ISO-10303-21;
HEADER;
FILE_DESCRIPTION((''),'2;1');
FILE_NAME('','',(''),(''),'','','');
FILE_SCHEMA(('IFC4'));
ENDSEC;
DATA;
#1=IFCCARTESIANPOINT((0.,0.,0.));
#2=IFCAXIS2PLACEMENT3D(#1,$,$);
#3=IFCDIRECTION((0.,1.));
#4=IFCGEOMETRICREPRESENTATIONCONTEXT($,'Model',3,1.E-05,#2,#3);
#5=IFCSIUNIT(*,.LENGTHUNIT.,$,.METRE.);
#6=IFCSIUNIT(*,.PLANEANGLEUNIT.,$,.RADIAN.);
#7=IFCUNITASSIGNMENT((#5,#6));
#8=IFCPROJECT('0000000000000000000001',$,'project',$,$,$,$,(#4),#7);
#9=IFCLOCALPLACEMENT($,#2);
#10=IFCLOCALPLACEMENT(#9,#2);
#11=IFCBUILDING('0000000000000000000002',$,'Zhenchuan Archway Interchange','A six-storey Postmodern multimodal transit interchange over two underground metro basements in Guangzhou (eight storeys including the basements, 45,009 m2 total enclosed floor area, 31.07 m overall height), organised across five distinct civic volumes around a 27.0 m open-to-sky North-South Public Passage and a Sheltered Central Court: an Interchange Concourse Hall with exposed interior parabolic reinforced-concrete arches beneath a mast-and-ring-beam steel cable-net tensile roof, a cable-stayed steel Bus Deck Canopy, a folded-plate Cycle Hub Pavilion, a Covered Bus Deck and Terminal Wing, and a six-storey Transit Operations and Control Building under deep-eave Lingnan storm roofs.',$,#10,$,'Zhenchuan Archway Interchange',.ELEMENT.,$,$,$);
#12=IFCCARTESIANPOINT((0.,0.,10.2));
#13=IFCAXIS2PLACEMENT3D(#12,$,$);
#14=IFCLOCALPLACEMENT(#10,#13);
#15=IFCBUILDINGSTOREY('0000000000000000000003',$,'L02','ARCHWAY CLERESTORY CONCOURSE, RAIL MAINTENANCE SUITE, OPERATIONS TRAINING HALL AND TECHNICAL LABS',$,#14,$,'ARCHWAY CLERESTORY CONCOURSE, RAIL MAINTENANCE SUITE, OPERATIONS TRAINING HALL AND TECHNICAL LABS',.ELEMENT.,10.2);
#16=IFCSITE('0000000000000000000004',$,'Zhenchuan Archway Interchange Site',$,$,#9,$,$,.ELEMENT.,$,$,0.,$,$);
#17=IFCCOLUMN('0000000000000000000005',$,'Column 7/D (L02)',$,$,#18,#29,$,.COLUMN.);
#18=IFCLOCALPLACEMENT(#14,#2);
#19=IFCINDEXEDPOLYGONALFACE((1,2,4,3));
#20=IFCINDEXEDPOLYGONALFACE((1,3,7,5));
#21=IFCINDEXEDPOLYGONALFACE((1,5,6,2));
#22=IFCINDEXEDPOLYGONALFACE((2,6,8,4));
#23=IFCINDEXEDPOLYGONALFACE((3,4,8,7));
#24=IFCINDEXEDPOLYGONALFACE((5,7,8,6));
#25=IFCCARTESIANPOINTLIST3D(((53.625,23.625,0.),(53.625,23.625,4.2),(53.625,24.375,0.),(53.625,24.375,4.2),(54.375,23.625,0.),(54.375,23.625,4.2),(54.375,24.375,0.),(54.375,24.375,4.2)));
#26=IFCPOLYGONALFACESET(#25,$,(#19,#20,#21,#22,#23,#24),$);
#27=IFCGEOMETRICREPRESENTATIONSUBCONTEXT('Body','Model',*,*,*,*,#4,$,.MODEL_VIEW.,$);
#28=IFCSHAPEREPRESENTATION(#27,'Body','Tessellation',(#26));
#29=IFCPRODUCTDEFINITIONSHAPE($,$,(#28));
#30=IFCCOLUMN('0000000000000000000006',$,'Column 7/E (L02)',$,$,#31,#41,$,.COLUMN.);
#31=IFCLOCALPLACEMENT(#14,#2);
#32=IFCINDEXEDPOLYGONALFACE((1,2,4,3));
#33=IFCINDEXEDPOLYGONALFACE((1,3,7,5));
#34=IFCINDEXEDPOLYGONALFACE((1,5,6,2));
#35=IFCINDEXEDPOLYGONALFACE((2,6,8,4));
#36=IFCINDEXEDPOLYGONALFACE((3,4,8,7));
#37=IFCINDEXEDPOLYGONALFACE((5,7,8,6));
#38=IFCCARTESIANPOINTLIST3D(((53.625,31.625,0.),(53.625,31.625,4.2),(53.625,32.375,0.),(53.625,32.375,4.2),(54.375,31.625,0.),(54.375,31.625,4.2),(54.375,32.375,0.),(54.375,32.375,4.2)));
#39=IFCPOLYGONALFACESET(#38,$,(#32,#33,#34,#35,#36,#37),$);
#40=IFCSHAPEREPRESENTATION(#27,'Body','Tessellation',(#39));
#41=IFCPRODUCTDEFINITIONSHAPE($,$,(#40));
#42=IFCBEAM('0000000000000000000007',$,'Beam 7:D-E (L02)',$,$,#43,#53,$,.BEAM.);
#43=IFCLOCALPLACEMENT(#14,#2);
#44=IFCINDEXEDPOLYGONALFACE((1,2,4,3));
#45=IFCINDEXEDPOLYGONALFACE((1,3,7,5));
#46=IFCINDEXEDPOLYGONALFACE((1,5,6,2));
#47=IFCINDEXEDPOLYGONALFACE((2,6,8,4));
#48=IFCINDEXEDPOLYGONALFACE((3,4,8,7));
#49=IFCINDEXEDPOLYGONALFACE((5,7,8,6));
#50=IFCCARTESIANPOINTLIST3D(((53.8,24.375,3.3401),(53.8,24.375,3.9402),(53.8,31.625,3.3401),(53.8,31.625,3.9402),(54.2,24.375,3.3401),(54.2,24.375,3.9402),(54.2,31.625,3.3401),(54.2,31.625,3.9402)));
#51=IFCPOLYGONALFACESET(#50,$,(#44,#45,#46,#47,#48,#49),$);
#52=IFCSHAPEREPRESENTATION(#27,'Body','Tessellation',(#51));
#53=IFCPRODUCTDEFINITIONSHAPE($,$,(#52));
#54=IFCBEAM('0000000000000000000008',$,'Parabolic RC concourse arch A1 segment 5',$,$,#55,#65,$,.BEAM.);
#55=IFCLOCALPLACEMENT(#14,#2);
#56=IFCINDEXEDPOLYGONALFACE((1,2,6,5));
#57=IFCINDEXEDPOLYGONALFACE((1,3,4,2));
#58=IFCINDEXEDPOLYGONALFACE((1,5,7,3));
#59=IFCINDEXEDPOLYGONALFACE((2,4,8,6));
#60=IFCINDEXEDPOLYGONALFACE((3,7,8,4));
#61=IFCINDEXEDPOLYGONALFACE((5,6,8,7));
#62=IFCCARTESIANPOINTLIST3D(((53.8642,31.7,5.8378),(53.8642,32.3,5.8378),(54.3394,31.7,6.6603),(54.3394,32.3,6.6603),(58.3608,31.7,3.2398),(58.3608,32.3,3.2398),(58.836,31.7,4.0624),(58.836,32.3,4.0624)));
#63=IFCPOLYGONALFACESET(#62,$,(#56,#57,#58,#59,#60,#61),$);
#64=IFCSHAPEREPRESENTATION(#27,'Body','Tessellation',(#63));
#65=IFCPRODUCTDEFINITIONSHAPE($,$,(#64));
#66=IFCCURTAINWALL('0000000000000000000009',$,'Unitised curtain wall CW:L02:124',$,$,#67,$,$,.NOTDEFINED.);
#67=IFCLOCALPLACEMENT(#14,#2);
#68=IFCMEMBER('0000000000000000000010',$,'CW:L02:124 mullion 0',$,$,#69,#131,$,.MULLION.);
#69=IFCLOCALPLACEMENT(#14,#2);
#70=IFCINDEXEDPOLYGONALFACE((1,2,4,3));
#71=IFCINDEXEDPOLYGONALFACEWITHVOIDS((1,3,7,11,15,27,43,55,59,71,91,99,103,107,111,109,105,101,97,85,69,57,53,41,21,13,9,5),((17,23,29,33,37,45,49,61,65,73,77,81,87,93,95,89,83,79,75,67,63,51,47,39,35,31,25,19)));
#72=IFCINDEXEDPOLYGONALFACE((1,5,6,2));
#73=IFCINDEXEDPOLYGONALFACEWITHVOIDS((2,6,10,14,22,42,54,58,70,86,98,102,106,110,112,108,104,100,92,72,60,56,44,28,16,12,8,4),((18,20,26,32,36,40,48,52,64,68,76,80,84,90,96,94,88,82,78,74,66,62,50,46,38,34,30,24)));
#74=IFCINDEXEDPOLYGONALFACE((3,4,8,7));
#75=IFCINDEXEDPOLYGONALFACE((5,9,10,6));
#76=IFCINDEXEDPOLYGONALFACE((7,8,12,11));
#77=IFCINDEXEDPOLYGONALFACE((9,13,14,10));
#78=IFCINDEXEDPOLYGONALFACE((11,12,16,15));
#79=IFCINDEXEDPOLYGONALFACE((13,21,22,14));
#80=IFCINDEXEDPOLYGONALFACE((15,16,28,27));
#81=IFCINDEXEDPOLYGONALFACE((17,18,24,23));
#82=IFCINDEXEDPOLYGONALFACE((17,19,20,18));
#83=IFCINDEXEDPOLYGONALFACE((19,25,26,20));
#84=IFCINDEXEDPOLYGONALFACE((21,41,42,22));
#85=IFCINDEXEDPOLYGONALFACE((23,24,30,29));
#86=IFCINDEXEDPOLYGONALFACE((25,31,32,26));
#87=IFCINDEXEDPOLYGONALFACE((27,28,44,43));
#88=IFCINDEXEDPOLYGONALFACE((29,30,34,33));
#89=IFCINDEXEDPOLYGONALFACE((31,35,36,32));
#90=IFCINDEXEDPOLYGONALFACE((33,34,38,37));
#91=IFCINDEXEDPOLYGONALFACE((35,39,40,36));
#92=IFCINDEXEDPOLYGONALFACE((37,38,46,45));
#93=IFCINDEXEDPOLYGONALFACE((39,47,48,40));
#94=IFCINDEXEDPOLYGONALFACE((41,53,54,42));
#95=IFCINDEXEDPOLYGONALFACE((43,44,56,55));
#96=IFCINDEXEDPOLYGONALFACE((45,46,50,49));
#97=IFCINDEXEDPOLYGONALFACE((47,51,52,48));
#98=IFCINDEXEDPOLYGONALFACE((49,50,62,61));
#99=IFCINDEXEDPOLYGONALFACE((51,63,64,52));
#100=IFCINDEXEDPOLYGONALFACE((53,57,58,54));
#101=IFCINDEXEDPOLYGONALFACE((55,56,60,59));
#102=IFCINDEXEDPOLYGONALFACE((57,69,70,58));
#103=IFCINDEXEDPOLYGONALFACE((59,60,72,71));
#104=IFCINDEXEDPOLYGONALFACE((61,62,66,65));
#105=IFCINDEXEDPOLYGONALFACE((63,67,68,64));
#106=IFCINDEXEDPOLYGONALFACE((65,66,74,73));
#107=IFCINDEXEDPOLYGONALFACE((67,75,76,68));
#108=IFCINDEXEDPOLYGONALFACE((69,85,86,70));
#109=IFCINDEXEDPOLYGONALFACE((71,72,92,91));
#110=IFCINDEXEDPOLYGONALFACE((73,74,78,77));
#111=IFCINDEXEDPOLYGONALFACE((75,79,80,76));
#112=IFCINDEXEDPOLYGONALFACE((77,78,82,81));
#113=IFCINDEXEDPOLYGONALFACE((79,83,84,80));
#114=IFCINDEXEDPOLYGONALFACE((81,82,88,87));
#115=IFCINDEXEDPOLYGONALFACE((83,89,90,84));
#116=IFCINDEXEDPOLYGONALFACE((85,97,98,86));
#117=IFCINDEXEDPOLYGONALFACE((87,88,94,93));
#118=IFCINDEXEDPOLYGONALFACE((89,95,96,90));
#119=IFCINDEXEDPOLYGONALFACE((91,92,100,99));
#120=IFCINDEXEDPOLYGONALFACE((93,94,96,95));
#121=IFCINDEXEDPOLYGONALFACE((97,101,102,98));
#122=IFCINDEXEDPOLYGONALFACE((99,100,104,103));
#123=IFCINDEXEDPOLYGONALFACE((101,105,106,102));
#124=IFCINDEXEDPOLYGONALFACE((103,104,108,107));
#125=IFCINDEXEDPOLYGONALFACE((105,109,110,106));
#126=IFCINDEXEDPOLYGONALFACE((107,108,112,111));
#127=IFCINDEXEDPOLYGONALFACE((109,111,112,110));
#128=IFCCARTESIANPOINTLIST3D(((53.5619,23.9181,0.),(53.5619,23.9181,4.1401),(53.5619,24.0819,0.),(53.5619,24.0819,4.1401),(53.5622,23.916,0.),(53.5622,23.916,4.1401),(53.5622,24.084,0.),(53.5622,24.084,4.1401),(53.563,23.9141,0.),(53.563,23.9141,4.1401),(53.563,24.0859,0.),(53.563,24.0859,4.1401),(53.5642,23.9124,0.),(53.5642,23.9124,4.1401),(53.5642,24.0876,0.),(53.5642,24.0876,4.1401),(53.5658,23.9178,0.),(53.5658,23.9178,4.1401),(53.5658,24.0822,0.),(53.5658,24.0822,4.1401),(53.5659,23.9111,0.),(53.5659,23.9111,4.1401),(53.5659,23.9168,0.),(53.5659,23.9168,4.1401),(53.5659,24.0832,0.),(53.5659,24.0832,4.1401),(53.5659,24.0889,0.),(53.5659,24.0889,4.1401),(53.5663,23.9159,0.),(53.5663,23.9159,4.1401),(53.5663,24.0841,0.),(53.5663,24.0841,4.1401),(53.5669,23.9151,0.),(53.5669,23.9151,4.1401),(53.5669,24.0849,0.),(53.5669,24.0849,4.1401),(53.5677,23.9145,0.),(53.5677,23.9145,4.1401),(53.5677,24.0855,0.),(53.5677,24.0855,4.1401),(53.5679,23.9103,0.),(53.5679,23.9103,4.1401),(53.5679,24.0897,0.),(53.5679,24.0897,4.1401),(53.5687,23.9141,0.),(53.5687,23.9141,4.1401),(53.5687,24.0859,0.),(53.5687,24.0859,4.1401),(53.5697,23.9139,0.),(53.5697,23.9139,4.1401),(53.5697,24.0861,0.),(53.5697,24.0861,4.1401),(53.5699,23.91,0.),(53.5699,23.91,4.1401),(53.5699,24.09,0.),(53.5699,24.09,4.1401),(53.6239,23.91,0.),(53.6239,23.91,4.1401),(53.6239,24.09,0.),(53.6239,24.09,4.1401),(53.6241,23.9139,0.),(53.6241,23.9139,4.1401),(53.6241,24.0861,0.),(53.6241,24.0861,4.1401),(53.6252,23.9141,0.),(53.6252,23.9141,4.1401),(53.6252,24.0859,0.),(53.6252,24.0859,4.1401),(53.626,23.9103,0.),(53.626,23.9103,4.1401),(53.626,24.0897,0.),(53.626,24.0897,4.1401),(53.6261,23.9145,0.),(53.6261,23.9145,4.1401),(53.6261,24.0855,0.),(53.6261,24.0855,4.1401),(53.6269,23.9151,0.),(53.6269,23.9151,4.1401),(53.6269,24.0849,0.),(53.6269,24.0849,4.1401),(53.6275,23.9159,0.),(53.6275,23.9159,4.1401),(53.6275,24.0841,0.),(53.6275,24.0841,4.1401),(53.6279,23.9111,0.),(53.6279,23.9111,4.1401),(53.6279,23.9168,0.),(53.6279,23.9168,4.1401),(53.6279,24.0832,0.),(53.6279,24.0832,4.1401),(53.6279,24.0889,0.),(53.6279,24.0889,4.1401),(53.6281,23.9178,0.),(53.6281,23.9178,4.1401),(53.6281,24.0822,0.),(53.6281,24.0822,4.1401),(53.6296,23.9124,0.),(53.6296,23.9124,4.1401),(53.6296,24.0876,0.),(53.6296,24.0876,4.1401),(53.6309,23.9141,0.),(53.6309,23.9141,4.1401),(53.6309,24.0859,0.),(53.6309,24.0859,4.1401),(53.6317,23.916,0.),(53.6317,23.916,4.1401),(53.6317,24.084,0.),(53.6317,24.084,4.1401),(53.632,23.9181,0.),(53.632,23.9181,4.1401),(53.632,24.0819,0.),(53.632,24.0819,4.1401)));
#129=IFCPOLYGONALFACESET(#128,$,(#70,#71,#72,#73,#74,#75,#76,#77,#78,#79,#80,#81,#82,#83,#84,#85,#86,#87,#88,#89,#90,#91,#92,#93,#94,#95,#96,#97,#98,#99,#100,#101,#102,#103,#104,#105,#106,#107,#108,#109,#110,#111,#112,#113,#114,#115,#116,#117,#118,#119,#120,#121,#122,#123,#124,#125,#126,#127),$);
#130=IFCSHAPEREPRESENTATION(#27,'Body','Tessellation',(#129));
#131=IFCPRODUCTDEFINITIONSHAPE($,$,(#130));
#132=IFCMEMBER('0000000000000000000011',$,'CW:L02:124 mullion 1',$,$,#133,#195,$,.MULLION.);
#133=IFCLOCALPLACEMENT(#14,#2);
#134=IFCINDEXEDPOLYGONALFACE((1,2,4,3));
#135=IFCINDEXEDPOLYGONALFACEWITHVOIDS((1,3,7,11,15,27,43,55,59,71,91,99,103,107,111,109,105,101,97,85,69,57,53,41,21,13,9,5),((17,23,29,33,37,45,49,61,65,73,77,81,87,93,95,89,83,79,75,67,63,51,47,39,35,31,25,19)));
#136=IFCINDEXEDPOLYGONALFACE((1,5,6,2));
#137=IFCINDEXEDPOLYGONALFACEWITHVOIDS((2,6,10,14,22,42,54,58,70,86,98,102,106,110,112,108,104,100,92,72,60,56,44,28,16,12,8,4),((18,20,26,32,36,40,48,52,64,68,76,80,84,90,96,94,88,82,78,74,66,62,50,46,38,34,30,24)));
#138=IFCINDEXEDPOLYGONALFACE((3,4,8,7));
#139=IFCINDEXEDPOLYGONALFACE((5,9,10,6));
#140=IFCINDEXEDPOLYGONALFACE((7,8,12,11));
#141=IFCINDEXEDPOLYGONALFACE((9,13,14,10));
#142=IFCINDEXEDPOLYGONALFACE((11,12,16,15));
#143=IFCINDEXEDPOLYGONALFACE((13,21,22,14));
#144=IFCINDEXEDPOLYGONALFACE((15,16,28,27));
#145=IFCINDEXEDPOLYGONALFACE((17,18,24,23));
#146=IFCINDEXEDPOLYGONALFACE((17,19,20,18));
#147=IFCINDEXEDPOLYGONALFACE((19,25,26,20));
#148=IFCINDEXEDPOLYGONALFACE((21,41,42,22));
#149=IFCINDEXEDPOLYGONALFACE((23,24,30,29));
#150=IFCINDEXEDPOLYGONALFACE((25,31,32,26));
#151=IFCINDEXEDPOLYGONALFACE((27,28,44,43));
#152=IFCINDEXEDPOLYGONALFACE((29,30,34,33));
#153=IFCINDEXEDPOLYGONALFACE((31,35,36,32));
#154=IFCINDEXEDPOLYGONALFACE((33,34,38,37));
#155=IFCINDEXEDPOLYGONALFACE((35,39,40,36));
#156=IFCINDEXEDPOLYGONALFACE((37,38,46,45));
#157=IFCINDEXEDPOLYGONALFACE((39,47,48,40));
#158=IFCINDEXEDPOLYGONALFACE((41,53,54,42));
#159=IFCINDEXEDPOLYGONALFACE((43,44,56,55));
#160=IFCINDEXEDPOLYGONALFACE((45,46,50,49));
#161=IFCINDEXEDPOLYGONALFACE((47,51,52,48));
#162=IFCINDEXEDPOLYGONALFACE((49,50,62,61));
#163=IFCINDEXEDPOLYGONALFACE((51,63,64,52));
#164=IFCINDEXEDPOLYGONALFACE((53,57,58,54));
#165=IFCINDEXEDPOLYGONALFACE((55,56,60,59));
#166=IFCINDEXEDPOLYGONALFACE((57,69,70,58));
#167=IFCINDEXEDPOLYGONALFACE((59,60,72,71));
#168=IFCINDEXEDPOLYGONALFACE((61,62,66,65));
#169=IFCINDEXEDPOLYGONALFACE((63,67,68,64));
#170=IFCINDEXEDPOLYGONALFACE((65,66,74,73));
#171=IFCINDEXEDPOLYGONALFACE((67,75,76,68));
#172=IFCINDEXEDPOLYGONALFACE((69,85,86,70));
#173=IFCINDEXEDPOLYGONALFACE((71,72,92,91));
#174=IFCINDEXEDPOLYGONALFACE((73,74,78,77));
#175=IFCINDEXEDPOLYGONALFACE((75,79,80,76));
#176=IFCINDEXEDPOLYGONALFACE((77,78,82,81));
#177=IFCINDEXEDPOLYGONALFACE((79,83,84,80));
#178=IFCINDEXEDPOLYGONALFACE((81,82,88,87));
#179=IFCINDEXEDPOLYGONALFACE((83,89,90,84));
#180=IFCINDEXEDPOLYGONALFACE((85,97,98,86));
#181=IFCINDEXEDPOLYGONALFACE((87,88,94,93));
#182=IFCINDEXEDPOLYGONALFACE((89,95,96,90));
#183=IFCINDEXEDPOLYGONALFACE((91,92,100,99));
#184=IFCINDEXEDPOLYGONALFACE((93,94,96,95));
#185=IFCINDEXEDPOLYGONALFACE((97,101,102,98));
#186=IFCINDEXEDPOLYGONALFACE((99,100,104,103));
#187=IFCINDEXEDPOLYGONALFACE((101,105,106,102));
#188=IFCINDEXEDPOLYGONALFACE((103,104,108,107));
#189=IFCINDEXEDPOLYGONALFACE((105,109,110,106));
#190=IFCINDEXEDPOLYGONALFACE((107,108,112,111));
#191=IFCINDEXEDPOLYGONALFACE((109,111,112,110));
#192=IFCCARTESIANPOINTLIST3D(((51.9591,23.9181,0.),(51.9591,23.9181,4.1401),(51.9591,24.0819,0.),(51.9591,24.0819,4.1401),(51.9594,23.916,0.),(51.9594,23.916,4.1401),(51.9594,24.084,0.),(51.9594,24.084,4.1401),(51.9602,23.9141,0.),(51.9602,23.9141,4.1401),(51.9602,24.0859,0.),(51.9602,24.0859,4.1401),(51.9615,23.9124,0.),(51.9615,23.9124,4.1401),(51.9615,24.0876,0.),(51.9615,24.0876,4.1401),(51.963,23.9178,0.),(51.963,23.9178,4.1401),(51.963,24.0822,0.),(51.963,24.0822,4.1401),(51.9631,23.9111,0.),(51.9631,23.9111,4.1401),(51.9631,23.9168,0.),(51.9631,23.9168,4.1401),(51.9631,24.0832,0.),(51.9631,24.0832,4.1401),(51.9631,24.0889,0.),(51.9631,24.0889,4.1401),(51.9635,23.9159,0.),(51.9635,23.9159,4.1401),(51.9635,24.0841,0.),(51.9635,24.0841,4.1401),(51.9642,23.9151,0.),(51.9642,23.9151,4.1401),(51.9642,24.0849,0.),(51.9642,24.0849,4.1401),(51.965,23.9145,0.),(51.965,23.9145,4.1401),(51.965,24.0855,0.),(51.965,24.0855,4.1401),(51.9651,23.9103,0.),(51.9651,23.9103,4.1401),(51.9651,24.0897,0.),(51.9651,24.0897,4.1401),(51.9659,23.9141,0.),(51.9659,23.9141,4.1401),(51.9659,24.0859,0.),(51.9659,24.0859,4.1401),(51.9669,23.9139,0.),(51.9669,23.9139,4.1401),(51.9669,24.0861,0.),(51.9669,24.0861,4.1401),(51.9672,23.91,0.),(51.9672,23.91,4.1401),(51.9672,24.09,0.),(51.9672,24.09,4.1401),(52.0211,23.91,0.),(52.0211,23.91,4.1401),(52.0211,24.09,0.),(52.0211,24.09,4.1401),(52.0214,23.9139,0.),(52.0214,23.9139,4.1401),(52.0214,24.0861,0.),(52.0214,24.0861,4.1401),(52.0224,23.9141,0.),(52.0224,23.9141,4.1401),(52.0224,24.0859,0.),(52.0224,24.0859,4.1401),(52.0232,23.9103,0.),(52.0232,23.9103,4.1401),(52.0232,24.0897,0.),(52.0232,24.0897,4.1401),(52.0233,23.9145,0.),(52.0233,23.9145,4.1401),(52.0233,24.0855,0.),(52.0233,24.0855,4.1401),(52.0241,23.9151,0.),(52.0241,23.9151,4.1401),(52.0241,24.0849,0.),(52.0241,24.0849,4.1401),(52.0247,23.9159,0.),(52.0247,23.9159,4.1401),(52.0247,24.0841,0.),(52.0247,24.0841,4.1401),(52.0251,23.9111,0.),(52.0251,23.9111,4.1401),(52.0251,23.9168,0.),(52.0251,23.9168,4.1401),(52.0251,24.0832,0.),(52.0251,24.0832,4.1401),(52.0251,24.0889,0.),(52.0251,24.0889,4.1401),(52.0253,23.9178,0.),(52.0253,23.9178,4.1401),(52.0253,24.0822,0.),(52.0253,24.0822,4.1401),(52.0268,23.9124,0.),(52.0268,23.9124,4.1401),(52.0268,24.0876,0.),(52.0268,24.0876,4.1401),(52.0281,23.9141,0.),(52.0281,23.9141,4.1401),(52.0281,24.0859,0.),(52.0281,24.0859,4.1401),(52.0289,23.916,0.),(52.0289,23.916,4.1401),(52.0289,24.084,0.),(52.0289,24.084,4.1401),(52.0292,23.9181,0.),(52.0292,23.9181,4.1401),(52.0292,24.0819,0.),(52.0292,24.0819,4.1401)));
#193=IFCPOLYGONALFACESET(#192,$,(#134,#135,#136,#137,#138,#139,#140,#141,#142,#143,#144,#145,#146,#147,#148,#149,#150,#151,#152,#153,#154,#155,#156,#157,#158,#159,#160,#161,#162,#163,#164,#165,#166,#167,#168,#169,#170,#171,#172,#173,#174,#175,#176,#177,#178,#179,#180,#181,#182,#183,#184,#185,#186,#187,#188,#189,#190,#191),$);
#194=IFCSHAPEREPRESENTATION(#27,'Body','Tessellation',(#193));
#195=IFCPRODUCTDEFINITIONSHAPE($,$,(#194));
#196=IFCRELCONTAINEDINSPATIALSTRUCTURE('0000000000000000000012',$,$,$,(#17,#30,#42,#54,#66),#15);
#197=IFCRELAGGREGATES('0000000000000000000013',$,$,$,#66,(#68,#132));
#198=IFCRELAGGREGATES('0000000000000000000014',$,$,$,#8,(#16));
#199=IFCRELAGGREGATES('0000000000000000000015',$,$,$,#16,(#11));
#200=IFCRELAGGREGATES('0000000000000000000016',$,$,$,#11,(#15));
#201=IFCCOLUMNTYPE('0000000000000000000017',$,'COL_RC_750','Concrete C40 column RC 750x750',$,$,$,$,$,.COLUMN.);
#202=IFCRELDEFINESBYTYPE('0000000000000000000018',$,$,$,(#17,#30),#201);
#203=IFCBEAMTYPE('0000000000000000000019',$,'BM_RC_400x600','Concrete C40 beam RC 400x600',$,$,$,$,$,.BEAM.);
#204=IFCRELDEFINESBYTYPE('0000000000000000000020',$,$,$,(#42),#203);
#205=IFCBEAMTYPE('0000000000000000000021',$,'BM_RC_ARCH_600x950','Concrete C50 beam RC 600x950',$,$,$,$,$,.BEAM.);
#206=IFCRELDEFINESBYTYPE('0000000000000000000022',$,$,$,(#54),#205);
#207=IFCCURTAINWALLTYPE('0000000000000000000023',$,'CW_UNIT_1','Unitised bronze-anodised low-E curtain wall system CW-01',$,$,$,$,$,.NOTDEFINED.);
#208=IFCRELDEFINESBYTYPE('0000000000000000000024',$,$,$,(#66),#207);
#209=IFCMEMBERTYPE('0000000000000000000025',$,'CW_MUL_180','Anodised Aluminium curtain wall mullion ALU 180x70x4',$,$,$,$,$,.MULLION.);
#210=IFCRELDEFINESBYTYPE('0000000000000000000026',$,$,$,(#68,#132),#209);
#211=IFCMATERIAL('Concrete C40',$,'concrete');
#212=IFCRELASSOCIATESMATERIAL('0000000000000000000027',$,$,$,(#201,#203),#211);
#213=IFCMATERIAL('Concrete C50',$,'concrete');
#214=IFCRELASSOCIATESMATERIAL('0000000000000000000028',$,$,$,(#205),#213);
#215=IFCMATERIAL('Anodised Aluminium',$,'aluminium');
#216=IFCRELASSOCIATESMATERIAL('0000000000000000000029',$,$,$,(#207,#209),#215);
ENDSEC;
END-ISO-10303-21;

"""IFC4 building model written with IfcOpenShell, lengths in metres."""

from ifc_helpers import new_model, si_unit, direction, frame, origin, origin_2d, place, context, subcontext, project, spatial, rectangle, hollow_rectangle, extrude, material, material_profile, profile_set, type_object, element, aggregate, save


model = new_model("IFC4")

# Units and contexts
model_context = context("Model", 3, precision=1e-05, world=origin(), true_north=direction((0.0, 1.0)))
body_context = subcontext(model_context, "Body", "Model", "MODEL_VIEW")
ifc_project = project(units=[si_unit("LENGTHUNIT", "METRE"), si_unit("PLANEANGLEUNIT", "RADIAN")], contexts=[model_context])

# Site, building, storey
site_placement = place(None, origin())
site = spatial("IfcSite", under=ifc_project, at=site_placement, Name="Zhenchuan Archway Interchange Site", CompositionType="ELEMENT", RefElevation=0.0)
building_placement = place(site_placement, origin())
building = spatial("IfcBuilding", under=site, at=building_placement, Name="Zhenchuan Archway Interchange", Description="A six-storey Postmodern multimodal transit interchange over two underground metro basements in Guangzhou (eight storeys including the basements, 45,009 m2 total enclosed floor area, 31.07 m overall height), organised across five distinct civic volumes around a 27.0 m open-to-sky North-South Public Passage and a Sheltered Central Court: an Interchange Concourse Hall with exposed interior parabolic reinforced-concrete arches beneath a mast-and-ring-beam steel cable-net tensile roof, a cable-stayed steel Bus Deck Canopy, a folded-plate Cycle Hub Pavilion, a Covered Bus Deck and Terminal Wing, and a six-storey Transit Operations and Control Building under deep-eave Lingnan storm roofs.", LongName="Zhenchuan Archway Interchange", CompositionType="ELEMENT")
storey_placement = place(building_placement, frame((0.0, 0.0, 10.2)))
storey = spatial("IfcBuildingStorey", under=building, at=storey_placement, Name="L02", Description="ARCHWAY CLERESTORY CONCOURSE, RAIL MAINTENANCE SUITE, OPERATIONS TRAINING HALL AND TECHNICAL LABS", LongName="ARCHWAY CLERESTORY CONCOURSE, RAIL MAINTENANCE SUITE, OPERATIONS TRAINING HALL AND TECHNICAL LABS", CompositionType="ELEMENT", Elevation=10.2)

# Columns
ifc_material_1 = material(Name="Concrete C40", Category="concrete")
ifc_material_profile_1 = material_profile(ifc_material_1, rectangle(XDim=0.75, YDim=0.75, at=origin_2d()), Name="RC 750x750")
ifc_profile_set_1 = profile_set([ifc_material_profile_1], Name="Concrete C40")
column_type = type_object("IfcColumnType", Name="COL_RC_750", Description="Concrete C40 column RC 750x750", PredefinedType="COLUMN", material=ifc_profile_set_1)
for number, where, z_axis, x_axis, name in (
    (1, (54.0, 24.0, 0.0), (0.0, 0.0, 1.0), (1.0, 0.0, 0.0), "Column 7/D (L02)"),
    (2, (54.0, 32.0, 0.0), (0.0, 0.0, 1.0), (1.0, 0.0, 0.0), "Column 7/E (L02)"),
):
    element("IfcColumn", number, at=place(storey_placement, frame(where, z_axis=z_axis, x_axis=x_axis)), inside=storey, type_object=column_type, Name=name, PredefinedType="COLUMN", context=body_context, shape_type="SweptSolid", body=[
        extrude(rectangle(XDim=0.75, YDim=0.75, at=origin_2d()), origin(), (0.0, 0.0, 1.0), 4.2),
    ])

# Beams
ifc_material_profile_2 = material_profile(ifc_material_1, rectangle(XDim=0.3999, YDim=0.6001, at=origin_2d()), Name="RC 400x600")
ifc_profile_set_2 = profile_set([ifc_material_profile_2], Name="Concrete C40")
beam_type_1 = type_object("IfcBeamType", Name="BM_RC_400x600", Description="Concrete C40 beam RC 400x600", PredefinedType="BEAM", material=ifc_profile_set_2)
beam_1_placement = place(storey_placement, frame((54.0, 24.375, 3.6401), z_axis=(0.0, 1.0, 0.0), x_axis=(-1.0, 0.0, 0.0)))
element("IfcBeam", 3, at=beam_1_placement, inside=storey, type_object=beam_type_1, Name="Beam 7:D-E (L02)", PredefinedType="BEAM", context=body_context, shape_type="SweptSolid", body=[
    extrude(rectangle(XDim=0.3999, YDim=0.6001, at=origin_2d()), origin(), (0.0, 0.0, 1.0), 7.25),
])
ifc_material_2 = material(Name="Concrete C50", Category="concrete")
ifc_material_profile_3 = material_profile(ifc_material_2, rectangle(XDim=0.6001, YDim=0.95, at=origin_2d()), Name="RC 600x950")
ifc_profile_set_3 = profile_set([ifc_material_profile_3], Name="Concrete C50")
beam_type_2 = type_object("IfcBeamType", Name="BM_RC_ARCH_600x950", Description="Concrete C50 beam RC 600x950", PredefinedType="BEAM", material=ifc_profile_set_3)
beam_2_placement = place(storey_placement, frame((54.1018, 32.0, 6.249), z_axis=(0.865875, 0.0, -0.50026), x_axis=(0.0, 1.0, 0.0)))
element("IfcBeam", 4, at=beam_2_placement, inside=storey, type_object=beam_type_2, Name="Parabolic RC concourse arch A1 segment 5", PredefinedType="BEAM", context=body_context, shape_type="SweptSolid", body=[
    extrude(rectangle(XDim=0.6001, YDim=0.95, at=origin_2d()), origin(), (0.0, 0.0, 1.0), 5.1931),
])

# Curtain wall, members
ifc_material_3 = material(Name="Anodised Aluminium", Category="aluminium")
curtain_wall_type = type_object("IfcCurtainWallType", Name="CW_UNIT_1", Description="Unitised bronze-anodised low-E curtain wall system CW-01", PredefinedType="NOTDEFINED", material=ifc_material_3)
curtain_wall_placement = place(storey_placement, origin())
curtain_wall = element("IfcCurtainWall", 5, at=curtain_wall_placement, inside=storey, type_object=curtain_wall_type, Name="Unitised curtain wall CW:L02:124", PredefinedType="NOTDEFINED")
ifc_material_profile_4 = material_profile(ifc_material_3, hollow_rectangle(XDim=0.0701, YDim=0.1799, WallThickness=0.0039, InnerFilletRadius=0.0039, OuterFilletRadius=0.0081, at=origin_2d()), Name="ALU 180x70x4")
ifc_profile_set_4 = profile_set([ifc_material_profile_4], Name="Anodised Aluminium")
member_type_1 = type_object("IfcMemberType", Name="CW_MUL_180", Description="Anodised Aluminium curtain wall mullion ALU 180x70x4", PredefinedType="MULLION", material=ifc_profile_set_4)
member_1_placement = place(storey_placement, frame((53.5969, 24.0, 0.0), z_axis=(0.0, 0.0, 1.0), x_axis=(1.0, 0.0, 0.0)))
member_1 = element("IfcMember", 6, at=member_1_placement, type_object=member_type_1, Name="CW:L02:124 mullion 0", PredefinedType="MULLION", context=body_context, shape_type="SweptSolid", body=[
    extrude(hollow_rectangle(XDim=0.0701, YDim=0.1799, WallThickness=0.0039, InnerFilletRadius=0.0039, OuterFilletRadius=0.0081, at=origin_2d()), origin(), (0.0, 0.0, 1.0), 4.1401),
])
member_2_placement = place(storey_placement, frame((51.9941, 24.0, 0.0), z_axis=(0.0, 0.0, 1.0), x_axis=(1.0, 0.0, 0.0)))
member_2 = element("IfcMember", 7, at=member_2_placement, type_object=member_type_1, Name="CW:L02:124 mullion 1", PredefinedType="MULLION", context=body_context, shape_type="SweptSolid", body=[
    extrude(hollow_rectangle(XDim=0.0701, YDim=0.1799, WallThickness=0.0039, InnerFilletRadius=0.0039, OuterFilletRadius=0.0081, at=origin_2d()), origin(), (0.0, 0.0, 1.0), 4.1401),
])

aggregate(curtain_wall, [member_1, member_2])

save(model, "model.ifc")
